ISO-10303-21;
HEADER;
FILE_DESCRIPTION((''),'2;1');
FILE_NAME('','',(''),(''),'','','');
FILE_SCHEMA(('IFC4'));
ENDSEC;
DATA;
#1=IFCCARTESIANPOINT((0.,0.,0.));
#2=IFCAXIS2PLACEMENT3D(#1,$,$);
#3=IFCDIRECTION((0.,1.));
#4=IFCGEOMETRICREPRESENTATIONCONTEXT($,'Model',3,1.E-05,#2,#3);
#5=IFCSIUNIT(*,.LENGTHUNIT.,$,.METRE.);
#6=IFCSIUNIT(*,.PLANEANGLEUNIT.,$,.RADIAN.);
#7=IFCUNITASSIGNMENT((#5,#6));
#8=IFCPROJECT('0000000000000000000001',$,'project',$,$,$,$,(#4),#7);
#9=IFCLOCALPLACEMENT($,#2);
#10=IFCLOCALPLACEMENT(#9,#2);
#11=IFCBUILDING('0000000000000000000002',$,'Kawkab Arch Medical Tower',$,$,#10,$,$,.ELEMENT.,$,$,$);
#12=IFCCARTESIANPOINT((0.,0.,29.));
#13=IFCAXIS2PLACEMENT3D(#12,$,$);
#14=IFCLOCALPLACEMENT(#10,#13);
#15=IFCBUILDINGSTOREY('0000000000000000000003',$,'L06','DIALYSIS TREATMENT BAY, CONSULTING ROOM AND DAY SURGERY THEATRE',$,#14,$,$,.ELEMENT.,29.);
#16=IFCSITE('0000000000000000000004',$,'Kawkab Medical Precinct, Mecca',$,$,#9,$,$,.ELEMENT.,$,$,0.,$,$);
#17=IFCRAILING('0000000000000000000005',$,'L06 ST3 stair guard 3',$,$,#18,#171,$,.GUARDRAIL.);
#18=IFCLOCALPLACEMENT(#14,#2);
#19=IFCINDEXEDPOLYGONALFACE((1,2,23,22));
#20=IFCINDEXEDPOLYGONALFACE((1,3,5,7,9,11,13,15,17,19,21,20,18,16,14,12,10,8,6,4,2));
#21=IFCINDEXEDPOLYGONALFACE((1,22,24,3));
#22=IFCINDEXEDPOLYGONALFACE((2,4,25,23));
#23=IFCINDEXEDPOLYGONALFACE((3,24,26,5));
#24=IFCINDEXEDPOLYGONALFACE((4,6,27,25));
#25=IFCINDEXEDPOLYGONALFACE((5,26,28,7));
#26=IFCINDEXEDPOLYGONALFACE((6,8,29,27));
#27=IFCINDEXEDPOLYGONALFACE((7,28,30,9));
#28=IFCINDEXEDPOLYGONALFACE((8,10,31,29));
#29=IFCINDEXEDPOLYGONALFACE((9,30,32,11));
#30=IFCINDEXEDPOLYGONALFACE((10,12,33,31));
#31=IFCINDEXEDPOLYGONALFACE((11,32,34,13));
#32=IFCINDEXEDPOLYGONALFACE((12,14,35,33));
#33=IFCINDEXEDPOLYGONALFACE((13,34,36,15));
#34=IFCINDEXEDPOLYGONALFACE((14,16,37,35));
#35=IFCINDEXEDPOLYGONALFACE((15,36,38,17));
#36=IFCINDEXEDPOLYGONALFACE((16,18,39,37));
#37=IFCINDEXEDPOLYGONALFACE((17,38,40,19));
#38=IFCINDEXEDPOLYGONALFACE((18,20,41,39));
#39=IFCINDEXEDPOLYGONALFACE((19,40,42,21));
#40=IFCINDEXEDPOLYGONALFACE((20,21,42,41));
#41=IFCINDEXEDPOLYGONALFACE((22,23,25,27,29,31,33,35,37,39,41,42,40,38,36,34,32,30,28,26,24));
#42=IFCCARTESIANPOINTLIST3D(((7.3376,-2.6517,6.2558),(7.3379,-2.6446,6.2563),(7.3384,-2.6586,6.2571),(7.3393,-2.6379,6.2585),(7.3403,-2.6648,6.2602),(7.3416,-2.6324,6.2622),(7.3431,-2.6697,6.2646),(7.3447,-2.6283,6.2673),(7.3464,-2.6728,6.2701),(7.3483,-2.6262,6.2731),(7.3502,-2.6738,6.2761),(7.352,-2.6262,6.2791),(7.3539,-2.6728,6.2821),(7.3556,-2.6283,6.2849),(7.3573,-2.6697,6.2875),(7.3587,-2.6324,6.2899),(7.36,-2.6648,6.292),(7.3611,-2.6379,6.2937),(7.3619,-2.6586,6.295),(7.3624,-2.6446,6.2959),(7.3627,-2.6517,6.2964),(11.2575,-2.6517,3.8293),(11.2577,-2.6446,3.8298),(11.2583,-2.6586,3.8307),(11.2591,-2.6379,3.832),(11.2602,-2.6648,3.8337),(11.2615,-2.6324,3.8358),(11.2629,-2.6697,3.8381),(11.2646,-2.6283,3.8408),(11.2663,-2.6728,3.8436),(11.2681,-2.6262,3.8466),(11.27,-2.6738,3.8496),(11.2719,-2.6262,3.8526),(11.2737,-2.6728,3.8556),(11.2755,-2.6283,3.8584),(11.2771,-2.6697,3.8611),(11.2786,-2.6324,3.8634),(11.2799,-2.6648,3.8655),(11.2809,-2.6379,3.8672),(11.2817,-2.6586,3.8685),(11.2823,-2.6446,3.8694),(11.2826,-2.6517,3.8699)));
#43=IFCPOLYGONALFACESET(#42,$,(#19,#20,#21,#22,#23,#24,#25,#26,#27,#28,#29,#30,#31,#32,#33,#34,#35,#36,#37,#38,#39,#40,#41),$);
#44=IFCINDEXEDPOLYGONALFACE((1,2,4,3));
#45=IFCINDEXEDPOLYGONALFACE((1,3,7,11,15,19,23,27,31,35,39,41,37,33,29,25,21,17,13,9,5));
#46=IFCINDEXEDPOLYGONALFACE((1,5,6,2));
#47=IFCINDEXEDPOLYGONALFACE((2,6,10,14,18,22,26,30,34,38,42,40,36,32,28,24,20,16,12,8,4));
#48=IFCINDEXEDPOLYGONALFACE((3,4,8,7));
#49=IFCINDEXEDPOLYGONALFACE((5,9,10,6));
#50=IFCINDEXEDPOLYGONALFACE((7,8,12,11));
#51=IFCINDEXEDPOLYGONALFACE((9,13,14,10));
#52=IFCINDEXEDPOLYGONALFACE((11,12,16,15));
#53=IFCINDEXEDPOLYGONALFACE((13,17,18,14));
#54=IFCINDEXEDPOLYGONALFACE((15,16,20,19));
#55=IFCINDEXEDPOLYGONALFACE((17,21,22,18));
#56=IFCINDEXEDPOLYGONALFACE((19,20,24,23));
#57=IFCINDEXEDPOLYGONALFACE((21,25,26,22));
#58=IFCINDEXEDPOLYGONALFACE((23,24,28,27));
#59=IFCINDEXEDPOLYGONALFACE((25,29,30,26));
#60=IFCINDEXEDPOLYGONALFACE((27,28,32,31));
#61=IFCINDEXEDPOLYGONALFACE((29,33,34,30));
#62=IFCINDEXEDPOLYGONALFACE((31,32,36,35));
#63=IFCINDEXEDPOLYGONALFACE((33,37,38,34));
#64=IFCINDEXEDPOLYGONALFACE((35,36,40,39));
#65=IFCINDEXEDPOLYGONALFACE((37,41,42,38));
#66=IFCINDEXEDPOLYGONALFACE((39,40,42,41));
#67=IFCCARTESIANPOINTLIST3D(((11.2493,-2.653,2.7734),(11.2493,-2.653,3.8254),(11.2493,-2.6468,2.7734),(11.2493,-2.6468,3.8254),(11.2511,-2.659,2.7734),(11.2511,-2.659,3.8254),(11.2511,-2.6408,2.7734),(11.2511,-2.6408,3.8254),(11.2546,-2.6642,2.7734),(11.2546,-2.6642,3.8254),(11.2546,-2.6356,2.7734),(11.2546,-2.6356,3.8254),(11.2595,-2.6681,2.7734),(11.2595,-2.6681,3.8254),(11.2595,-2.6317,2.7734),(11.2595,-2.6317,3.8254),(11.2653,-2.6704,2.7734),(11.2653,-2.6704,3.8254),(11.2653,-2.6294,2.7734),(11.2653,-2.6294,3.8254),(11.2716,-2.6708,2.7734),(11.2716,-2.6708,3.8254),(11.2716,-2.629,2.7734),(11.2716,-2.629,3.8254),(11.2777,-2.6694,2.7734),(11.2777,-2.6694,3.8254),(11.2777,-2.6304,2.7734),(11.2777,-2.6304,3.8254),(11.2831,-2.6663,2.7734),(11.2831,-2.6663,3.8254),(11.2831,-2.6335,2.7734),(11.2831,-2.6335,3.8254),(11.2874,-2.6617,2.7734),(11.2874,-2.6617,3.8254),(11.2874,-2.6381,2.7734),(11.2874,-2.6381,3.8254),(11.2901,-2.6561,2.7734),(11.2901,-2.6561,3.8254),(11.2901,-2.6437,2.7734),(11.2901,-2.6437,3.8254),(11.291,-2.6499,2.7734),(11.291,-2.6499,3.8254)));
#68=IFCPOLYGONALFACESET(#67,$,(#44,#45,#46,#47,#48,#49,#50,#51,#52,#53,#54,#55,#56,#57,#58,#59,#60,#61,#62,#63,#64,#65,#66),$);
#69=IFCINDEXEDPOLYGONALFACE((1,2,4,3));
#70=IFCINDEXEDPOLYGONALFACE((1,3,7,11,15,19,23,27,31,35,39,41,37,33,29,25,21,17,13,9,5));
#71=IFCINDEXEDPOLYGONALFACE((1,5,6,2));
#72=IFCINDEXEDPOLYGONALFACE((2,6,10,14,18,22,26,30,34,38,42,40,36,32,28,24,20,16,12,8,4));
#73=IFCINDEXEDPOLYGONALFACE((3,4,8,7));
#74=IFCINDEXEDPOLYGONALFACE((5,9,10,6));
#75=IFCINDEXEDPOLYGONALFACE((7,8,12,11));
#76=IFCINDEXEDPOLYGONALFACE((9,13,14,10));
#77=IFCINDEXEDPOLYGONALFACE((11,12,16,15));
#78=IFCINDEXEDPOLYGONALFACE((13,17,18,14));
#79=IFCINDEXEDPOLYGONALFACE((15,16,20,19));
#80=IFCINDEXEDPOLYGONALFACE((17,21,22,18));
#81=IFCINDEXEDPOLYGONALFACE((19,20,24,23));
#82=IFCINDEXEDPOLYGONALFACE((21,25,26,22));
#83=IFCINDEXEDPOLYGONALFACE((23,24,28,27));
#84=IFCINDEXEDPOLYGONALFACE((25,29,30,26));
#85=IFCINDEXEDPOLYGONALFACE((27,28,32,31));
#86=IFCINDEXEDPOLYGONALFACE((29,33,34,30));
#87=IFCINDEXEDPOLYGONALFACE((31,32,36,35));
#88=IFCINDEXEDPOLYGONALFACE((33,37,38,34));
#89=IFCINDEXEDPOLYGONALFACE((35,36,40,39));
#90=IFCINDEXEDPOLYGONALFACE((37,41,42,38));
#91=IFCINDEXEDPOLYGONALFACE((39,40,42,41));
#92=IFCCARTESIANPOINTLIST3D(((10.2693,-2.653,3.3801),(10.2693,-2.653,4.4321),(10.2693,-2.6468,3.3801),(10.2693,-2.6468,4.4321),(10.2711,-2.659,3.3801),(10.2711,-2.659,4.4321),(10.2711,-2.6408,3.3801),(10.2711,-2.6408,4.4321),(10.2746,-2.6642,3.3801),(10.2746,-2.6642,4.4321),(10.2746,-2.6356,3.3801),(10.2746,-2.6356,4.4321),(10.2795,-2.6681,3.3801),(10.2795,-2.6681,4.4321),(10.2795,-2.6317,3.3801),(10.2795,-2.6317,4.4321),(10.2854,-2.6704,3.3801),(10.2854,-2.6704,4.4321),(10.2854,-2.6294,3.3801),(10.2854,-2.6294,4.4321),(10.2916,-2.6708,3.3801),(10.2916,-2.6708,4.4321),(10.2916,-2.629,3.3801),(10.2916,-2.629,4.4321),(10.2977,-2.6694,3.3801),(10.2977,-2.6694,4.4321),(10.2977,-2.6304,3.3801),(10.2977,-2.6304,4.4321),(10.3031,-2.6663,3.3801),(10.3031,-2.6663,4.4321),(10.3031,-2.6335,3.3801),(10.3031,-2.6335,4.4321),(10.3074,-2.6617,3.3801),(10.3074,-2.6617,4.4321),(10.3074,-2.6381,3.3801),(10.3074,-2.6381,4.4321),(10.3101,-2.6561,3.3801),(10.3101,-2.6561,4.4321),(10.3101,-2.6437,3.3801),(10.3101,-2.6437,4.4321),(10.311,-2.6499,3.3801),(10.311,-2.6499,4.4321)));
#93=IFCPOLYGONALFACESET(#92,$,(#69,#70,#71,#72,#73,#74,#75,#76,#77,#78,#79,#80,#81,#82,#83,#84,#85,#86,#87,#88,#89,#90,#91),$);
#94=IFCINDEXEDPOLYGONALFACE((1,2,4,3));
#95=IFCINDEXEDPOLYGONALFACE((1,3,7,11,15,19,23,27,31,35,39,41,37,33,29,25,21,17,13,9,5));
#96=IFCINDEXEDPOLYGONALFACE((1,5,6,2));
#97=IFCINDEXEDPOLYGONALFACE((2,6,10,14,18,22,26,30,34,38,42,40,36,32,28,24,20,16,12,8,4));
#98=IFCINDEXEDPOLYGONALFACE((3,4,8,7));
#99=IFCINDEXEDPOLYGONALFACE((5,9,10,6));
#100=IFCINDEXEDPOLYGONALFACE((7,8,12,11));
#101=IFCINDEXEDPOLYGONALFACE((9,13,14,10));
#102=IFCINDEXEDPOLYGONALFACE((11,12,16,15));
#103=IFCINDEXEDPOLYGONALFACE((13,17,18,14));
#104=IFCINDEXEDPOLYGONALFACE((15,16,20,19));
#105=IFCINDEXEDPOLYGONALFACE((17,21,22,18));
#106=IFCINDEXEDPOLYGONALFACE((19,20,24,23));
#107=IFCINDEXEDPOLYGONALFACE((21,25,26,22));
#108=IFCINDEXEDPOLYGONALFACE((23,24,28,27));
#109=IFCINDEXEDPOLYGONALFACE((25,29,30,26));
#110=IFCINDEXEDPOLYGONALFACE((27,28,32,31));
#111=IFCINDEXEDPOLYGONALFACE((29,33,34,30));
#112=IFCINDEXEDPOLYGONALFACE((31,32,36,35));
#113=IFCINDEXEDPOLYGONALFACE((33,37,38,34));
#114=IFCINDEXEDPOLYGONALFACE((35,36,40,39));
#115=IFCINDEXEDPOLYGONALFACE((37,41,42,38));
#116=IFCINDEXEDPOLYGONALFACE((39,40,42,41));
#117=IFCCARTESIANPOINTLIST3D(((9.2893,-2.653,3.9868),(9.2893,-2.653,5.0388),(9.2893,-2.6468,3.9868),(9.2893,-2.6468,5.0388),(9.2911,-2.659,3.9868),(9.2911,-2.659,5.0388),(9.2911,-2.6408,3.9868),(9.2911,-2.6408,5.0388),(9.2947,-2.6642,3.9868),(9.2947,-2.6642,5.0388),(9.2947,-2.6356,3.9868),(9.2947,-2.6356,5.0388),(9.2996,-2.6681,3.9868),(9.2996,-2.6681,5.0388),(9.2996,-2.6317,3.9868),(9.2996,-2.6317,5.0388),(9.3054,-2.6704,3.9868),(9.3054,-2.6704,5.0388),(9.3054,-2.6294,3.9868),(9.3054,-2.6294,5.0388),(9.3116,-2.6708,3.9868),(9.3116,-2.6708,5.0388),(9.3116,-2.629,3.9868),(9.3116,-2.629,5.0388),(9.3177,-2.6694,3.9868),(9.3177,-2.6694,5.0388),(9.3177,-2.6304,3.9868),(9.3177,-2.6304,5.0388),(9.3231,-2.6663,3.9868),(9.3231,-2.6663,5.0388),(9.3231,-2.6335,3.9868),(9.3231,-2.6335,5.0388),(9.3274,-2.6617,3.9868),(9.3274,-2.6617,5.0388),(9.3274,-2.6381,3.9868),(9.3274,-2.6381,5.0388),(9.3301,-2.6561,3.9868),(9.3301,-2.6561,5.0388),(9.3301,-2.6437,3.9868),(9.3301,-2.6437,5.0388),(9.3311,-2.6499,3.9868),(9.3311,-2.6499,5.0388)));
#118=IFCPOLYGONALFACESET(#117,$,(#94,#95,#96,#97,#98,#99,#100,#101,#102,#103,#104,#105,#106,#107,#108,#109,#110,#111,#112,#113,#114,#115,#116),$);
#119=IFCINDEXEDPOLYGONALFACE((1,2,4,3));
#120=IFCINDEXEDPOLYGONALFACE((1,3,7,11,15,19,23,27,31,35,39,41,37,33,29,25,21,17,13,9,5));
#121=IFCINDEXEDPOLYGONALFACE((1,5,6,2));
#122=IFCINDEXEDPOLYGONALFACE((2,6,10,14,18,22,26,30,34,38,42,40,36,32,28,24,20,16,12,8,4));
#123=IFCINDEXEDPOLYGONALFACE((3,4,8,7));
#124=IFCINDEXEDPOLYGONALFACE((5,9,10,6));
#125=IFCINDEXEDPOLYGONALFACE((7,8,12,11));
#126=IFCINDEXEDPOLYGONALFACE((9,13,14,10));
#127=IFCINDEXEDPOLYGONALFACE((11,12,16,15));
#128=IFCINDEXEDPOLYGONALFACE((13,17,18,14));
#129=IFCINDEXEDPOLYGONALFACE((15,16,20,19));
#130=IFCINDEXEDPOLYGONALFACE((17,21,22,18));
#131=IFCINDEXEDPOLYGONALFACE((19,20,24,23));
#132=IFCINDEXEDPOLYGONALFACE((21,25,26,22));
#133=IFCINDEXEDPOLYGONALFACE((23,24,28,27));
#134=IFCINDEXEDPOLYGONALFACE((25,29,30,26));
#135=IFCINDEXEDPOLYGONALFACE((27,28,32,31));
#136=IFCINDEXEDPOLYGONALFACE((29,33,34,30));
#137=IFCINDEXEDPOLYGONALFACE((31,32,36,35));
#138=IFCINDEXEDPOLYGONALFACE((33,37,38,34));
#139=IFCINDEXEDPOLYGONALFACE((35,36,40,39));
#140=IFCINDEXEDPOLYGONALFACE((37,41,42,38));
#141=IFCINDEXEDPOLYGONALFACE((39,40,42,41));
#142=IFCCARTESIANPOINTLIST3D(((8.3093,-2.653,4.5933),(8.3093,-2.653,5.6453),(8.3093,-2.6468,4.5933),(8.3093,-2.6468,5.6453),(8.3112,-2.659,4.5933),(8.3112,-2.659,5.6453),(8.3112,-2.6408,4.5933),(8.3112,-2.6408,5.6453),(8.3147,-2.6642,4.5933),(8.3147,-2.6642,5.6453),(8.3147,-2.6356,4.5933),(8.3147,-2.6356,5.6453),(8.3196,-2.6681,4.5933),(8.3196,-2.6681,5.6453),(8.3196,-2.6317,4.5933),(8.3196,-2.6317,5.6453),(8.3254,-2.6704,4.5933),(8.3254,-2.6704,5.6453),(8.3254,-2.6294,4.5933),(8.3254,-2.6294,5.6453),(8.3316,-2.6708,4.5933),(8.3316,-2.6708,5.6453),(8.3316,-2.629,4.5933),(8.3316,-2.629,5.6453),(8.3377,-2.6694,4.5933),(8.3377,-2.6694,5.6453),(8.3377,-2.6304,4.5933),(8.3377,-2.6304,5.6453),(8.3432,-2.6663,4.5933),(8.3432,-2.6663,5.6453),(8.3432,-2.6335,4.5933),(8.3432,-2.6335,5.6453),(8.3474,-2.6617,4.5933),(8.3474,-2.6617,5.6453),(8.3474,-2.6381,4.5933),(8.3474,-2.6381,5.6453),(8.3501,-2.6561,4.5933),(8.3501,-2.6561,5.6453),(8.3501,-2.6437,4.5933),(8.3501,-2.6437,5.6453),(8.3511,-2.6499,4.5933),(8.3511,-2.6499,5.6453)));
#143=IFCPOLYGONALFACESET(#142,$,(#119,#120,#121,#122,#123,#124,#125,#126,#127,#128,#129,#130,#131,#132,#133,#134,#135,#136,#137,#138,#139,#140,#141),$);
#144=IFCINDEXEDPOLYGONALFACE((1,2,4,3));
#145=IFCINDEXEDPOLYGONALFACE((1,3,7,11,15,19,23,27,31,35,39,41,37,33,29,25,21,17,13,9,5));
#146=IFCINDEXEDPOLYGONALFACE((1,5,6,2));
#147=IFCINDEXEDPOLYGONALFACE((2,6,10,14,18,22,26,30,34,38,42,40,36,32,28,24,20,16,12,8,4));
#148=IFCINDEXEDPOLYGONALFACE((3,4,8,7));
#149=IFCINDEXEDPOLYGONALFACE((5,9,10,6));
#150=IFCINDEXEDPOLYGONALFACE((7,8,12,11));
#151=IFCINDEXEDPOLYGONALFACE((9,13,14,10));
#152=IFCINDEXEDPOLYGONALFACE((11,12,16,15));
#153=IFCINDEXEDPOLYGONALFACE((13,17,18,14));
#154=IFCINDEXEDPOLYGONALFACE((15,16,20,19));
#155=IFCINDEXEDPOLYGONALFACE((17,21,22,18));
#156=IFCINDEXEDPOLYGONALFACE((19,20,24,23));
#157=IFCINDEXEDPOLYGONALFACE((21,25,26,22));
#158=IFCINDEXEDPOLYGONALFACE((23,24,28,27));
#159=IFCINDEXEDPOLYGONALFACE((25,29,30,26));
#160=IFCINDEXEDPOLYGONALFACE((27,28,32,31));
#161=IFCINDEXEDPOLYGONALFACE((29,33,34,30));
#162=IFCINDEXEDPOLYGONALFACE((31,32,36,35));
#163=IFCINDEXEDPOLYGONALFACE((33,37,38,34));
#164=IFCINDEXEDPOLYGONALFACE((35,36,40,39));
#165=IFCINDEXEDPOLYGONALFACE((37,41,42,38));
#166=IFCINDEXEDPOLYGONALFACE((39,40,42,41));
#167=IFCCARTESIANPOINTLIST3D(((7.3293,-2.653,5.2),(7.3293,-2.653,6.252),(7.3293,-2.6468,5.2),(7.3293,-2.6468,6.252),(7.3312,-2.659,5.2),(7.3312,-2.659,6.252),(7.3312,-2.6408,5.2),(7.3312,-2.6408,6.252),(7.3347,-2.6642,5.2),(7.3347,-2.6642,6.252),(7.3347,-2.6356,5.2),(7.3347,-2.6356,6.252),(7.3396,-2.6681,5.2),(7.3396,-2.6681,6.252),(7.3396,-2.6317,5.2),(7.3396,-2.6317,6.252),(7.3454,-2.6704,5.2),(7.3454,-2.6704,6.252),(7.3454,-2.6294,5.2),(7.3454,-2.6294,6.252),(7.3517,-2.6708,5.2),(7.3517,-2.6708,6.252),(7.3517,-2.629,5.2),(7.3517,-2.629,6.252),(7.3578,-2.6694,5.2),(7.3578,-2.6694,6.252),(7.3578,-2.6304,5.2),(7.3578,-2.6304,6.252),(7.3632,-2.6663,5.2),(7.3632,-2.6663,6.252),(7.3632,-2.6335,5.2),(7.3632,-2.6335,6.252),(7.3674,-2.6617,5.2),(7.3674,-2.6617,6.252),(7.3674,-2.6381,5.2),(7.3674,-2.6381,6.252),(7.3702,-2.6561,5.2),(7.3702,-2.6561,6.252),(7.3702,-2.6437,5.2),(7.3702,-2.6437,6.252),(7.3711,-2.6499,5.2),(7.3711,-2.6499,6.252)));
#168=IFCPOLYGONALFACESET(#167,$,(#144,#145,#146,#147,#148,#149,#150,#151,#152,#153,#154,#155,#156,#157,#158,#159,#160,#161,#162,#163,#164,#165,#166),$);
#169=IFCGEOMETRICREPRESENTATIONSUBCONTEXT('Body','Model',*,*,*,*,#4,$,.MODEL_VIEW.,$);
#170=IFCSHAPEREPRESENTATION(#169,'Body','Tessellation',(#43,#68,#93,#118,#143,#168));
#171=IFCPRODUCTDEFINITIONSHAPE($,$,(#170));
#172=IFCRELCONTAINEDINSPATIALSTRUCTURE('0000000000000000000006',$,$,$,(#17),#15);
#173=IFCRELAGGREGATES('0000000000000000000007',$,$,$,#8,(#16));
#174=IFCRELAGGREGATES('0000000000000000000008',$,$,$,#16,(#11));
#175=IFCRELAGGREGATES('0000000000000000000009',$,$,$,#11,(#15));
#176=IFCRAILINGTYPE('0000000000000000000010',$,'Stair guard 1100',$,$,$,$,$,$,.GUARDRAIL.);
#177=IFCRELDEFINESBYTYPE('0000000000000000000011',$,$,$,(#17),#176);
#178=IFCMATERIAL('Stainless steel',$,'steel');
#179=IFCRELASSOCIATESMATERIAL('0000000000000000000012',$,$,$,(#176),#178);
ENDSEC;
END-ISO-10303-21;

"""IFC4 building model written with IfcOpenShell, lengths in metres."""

from ifc_helpers import new_model, si_unit, direction, frame, origin, origin_2d, place, context, subcontext, project, spatial, circle, extrude, material, type_object, element, save


model = new_model("IFC4")

# Units and contexts
model_context = context("Model", 3, precision=1e-05, world=origin(), true_north=direction((0.0, 1.0)))
body_context = subcontext(model_context, "Body", "Model", "MODEL_VIEW")
ifc_project = project(units=[si_unit("LENGTHUNIT", "METRE"), si_unit("PLANEANGLEUNIT", "RADIAN")], contexts=[model_context])

# Site, building, storey
site_placement = place(None, origin())
site = spatial("IfcSite", under=ifc_project, at=site_placement, Name="Kawkab Medical Precinct, Mecca", CompositionType="ELEMENT", RefElevation=0.0)
building_placement = place(site_placement, origin())
building = spatial("IfcBuilding", under=site, at=building_placement, Name="Kawkab Arch Medical Tower", CompositionType="ELEMENT")
storey_placement = place(building_placement, frame((0.0, 0.0, 29.0)))
storey = spatial("IfcBuildingStorey", under=building, at=storey_placement, Name="L06", Description="DIALYSIS TREATMENT BAY, CONSULTING ROOM AND DAY SURGERY THEATRE", CompositionType="ELEMENT", Elevation=29.0)

# Railing
ifc_material_1 = material(Name="Stainless steel", Category="steel")
railing_type = type_object("IfcRailingType", Name="Stair guard 1100", PredefinedType="GUARDRAIL", material=ifc_material_1)
railing_1_placement = place(storey_placement, frame((11.27, -2.6499, 2.7734)))
element("IfcRailing", 1, at=railing_1_placement, inside=storey, type_object=railing_type, Name="L06 ST3 stair guard 3", PredefinedType="GUARDRAIL", context=body_context, shape_type="SweptSolid", body=[
    extrude(circle(Radius=0.0239, at=origin_2d()), frame((0.0, 0.0, 1.0762), z_axis=(-0.850275, 0.0, 0.526338), x_axis=(0.0, -1.0, 0.0)), (0.0, 0.0, 1.0), 4.6101),
    extrude(circle(Radius=0.021, at=origin_2d()), origin(), (0.0, 0.0, 1.0), 1.052),
    extrude(circle(Radius=0.021, at=origin_2d()), frame((-0.98, 0.0, 0.6067)), (0.0, 0.0, 1.0), 1.052),
    extrude(circle(Radius=0.021, at=origin_2d()), frame((-1.96, 0.0, 1.2134)), (0.0, 0.0, 1.0), 1.052),
    extrude(circle(Radius=0.021, at=origin_2d()), frame((-2.9399, 0.0, 1.8198)), (0.0, 0.0, 1.0), 1.052),
    extrude(circle(Radius=0.021, at=origin_2d()), frame((-3.9199, 0.0, 2.4265)), (0.0, 0.0, 1.0), 1.052),
])

save(model, "model.ifc")
